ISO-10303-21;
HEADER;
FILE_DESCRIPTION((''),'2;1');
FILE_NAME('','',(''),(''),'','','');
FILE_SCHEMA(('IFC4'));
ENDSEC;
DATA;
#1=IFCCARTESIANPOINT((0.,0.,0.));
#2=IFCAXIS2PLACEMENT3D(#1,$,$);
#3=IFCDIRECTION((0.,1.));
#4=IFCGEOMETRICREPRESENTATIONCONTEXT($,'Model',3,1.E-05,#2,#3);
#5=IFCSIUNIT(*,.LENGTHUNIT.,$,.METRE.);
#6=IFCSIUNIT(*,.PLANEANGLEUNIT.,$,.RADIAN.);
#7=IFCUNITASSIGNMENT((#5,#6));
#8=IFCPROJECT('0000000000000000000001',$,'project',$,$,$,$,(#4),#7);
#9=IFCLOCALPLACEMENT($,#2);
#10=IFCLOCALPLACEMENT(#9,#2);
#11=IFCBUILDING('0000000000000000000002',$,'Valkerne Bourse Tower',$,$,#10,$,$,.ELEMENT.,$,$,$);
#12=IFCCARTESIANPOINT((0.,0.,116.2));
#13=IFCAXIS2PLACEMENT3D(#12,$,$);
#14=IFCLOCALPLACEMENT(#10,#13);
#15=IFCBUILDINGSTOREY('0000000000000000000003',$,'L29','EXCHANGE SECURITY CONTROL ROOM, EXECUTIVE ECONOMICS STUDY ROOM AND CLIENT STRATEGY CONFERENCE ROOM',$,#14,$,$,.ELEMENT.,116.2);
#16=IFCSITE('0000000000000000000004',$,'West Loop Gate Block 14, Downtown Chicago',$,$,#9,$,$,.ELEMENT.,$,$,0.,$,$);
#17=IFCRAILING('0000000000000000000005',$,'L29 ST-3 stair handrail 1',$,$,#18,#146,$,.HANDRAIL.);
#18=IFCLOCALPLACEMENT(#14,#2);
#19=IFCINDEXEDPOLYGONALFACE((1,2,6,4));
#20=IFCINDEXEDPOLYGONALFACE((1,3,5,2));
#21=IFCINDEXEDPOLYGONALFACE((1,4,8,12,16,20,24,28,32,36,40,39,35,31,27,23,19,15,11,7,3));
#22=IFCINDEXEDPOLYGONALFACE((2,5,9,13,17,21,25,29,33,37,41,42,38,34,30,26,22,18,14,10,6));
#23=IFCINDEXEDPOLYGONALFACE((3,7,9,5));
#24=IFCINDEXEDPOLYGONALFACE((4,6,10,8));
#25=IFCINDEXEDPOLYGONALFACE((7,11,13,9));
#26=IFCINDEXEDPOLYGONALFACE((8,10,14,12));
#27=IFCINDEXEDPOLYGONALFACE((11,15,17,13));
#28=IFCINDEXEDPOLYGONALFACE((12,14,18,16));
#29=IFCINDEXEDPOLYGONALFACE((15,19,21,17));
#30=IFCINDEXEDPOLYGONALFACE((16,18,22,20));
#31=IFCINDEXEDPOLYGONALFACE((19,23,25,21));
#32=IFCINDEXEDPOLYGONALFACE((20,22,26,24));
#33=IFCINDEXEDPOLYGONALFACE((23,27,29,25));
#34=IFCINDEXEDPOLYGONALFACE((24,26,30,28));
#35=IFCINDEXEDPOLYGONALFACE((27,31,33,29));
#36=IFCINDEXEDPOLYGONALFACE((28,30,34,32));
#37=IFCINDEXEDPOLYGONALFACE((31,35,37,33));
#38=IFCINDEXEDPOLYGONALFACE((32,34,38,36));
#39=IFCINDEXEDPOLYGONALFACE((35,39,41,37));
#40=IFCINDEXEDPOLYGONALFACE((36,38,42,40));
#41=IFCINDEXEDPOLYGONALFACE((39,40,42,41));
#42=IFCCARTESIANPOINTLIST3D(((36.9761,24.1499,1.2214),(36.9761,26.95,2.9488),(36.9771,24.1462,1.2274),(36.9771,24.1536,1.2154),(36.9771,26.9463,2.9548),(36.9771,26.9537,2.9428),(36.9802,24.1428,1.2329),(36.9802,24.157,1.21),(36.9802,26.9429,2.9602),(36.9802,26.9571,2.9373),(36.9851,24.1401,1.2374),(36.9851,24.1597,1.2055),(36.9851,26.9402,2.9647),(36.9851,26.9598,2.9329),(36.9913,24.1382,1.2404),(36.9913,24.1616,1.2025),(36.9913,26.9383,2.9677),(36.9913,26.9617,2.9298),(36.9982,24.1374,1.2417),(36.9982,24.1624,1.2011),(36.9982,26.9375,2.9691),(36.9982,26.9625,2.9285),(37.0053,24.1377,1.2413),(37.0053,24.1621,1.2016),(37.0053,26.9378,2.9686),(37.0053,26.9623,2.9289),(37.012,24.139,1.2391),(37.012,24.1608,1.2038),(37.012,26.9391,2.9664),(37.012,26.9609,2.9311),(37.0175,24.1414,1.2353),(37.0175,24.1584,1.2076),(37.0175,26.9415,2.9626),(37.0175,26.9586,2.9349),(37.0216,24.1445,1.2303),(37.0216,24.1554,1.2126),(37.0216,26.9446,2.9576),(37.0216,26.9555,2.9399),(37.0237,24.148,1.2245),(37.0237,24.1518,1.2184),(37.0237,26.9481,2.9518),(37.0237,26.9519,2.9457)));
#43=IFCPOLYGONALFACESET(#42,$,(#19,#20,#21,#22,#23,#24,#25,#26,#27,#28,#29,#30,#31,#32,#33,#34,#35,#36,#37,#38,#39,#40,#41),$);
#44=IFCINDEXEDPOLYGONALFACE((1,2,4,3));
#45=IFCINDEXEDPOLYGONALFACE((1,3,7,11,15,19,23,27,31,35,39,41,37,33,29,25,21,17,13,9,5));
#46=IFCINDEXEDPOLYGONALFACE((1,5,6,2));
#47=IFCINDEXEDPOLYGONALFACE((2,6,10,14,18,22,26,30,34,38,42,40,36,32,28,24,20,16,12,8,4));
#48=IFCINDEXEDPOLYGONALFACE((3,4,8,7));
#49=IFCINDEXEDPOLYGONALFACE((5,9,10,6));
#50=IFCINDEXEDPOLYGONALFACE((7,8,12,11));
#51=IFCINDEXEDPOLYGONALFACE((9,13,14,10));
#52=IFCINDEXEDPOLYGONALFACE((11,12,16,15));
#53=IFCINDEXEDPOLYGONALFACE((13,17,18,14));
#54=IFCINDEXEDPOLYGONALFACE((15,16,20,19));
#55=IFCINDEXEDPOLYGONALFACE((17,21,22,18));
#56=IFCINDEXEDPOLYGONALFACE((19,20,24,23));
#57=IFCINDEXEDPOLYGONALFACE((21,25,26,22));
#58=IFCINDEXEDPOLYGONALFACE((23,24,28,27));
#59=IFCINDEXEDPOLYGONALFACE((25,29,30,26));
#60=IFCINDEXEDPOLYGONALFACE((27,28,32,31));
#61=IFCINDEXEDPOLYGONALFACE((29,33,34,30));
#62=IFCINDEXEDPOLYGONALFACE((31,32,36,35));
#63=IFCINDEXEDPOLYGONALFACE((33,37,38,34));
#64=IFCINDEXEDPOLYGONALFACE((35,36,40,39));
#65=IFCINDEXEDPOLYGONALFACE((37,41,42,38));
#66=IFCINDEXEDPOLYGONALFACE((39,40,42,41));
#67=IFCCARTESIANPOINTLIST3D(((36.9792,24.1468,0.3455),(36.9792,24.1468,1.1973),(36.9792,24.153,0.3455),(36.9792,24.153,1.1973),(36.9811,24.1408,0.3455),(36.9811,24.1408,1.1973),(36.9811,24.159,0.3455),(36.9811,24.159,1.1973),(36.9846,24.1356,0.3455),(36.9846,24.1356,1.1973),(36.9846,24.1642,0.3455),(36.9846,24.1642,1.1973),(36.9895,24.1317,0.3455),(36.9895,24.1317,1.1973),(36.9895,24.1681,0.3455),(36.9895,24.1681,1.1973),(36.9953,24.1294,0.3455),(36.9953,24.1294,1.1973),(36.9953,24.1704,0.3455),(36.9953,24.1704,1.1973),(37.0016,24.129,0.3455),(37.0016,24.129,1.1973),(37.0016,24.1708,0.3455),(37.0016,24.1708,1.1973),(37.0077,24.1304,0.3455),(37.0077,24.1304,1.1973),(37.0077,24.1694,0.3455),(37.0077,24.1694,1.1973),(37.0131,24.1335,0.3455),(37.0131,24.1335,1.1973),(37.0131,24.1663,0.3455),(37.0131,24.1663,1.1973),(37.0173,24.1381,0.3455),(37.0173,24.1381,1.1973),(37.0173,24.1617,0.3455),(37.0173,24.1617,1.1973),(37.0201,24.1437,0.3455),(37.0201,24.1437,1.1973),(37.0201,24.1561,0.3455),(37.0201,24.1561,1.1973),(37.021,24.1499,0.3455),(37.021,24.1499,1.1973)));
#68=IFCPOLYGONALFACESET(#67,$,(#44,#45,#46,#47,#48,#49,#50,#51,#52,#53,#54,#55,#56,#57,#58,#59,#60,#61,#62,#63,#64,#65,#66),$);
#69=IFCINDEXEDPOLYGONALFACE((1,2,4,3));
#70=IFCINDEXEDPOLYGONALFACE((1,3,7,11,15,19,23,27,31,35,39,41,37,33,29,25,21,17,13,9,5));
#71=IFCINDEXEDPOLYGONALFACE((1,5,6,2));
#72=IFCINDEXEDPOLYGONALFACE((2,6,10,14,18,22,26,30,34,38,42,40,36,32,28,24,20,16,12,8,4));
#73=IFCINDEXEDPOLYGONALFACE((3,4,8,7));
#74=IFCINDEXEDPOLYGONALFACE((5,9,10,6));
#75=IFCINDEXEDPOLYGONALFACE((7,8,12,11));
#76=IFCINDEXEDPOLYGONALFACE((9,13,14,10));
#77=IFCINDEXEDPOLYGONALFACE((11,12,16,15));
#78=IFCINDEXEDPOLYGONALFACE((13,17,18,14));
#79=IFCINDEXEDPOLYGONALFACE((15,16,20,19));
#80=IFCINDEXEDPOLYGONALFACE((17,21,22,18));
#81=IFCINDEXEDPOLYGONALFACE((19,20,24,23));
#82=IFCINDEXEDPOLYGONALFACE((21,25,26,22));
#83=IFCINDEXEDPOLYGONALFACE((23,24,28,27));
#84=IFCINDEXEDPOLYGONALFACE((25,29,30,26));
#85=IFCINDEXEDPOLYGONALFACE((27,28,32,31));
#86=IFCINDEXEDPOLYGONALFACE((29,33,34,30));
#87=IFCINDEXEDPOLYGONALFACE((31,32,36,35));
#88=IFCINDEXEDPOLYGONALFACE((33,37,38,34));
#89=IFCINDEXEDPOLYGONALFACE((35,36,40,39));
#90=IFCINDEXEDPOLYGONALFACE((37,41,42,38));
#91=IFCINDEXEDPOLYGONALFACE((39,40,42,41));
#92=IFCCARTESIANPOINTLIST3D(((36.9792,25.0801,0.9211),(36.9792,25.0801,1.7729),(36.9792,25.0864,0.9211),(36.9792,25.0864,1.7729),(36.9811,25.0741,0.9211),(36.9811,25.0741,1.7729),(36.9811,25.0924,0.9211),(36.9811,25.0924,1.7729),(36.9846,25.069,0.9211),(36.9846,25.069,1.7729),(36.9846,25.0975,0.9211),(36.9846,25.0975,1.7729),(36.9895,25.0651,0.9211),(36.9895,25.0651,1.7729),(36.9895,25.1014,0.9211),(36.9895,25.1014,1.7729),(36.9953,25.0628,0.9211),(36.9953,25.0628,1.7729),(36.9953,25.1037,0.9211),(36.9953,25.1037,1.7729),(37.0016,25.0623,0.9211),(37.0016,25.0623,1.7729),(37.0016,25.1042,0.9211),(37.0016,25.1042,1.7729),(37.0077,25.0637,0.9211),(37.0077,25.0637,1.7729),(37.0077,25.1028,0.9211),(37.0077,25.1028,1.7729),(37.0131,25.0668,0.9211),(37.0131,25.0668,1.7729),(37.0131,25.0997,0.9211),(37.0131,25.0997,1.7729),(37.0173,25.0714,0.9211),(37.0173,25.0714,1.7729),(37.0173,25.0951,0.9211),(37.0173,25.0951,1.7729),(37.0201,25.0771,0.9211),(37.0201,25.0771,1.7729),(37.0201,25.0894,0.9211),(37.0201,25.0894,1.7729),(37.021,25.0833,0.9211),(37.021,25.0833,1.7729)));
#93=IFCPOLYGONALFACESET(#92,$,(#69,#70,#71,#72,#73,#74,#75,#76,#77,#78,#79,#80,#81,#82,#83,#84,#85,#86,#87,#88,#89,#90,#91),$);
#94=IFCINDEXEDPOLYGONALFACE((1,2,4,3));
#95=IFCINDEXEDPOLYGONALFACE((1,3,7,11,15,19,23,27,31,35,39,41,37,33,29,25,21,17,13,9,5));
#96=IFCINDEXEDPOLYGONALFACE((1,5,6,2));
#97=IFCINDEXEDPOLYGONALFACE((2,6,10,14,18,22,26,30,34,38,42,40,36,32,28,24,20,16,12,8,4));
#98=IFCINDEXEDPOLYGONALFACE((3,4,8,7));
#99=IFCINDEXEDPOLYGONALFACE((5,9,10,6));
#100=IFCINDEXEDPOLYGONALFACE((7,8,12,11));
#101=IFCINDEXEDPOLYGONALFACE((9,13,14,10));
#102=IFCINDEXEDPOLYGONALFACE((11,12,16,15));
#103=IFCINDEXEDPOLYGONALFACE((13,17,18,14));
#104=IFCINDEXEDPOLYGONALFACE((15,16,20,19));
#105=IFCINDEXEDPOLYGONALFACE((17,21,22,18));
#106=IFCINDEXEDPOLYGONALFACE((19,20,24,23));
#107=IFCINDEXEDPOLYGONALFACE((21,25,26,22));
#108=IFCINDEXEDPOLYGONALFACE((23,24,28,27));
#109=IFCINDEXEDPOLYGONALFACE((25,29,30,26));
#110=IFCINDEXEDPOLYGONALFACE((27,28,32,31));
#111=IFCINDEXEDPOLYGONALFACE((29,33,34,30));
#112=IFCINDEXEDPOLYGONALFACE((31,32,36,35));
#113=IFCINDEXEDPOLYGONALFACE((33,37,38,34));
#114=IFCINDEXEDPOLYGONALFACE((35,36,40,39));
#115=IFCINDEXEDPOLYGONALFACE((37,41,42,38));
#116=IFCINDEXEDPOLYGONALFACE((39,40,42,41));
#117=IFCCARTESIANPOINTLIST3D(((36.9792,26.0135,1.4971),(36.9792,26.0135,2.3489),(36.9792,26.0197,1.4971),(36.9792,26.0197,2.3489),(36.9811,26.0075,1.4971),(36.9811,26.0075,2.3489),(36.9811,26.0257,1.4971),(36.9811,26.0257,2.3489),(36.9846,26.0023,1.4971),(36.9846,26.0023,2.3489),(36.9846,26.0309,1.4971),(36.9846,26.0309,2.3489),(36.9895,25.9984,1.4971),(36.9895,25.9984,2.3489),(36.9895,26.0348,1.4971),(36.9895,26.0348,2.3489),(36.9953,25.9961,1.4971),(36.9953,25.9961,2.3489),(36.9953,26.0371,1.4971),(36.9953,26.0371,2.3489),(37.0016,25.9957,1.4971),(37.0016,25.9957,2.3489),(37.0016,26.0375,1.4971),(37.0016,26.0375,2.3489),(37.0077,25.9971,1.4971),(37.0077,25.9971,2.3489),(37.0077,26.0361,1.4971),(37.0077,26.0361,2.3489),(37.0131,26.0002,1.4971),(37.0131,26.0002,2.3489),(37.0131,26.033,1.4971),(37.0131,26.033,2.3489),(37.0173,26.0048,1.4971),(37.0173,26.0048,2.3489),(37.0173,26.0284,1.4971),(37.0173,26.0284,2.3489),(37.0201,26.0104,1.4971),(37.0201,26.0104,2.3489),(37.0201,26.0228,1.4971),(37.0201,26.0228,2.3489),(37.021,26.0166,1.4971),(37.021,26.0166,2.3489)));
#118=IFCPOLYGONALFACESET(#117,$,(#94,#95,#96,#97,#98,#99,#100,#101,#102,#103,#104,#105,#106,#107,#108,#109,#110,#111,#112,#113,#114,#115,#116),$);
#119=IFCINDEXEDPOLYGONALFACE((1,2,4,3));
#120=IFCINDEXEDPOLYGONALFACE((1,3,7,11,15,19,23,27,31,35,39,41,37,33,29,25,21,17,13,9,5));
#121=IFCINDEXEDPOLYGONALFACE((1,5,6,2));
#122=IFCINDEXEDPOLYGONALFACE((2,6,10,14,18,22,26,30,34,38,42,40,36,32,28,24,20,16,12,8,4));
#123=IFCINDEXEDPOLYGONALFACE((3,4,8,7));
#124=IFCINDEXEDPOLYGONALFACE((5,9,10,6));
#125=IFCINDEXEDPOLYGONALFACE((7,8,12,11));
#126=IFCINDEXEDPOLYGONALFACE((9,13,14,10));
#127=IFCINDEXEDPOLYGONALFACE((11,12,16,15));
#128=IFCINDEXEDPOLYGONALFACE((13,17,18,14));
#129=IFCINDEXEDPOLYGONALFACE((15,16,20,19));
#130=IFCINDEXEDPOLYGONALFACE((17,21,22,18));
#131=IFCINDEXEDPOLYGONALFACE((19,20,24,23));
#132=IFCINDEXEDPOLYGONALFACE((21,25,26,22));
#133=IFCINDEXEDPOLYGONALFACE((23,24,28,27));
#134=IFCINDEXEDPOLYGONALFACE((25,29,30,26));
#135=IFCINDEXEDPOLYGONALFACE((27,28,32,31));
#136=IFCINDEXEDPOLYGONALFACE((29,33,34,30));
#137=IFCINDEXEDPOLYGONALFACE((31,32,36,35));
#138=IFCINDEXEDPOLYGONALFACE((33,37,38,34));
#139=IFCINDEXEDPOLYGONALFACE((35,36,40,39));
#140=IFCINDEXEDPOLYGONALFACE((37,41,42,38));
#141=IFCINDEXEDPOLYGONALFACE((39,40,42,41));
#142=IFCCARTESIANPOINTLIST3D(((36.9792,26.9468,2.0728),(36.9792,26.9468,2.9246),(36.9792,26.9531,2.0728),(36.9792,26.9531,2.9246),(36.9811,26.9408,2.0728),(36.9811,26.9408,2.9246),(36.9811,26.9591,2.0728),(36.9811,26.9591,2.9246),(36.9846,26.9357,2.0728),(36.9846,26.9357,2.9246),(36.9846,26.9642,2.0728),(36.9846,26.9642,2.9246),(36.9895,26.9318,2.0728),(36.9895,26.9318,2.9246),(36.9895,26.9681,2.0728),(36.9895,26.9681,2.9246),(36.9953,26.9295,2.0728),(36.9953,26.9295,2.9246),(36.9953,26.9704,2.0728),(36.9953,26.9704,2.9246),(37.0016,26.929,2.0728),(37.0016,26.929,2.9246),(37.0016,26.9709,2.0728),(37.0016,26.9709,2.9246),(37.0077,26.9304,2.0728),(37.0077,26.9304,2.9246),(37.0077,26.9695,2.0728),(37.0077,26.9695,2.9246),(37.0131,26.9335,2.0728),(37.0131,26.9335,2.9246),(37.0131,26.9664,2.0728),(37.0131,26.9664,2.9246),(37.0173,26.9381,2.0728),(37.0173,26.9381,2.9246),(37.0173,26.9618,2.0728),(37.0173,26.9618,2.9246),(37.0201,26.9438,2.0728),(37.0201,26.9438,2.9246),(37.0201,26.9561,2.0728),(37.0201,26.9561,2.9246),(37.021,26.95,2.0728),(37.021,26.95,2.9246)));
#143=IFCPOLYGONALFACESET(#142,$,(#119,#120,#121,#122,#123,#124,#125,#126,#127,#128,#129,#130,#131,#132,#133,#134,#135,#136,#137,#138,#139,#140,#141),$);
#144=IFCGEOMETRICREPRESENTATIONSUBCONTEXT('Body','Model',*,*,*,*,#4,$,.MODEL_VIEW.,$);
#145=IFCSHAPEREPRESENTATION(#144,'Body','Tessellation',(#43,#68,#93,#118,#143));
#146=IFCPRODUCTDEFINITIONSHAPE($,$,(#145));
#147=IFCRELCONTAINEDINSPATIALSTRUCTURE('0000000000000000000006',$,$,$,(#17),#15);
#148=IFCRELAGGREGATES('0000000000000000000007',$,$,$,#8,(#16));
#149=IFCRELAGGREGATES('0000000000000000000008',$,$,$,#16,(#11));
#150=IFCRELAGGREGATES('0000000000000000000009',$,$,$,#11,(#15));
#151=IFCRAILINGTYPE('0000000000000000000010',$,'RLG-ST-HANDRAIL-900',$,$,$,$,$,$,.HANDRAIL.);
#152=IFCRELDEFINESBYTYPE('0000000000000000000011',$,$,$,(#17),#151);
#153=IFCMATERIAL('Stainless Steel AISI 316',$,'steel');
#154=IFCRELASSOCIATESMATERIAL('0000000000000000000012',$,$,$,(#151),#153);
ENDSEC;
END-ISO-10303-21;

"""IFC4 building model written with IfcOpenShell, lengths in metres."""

from ifc_helpers import new_model, si_unit, direction, frame, origin, origin_2d, place, context, subcontext, project, spatial, circle, extrude, material, type_object, element, save


model = new_model("IFC4")

# Units and contexts
model_context = context("Model", 3, precision=1e-05, world=origin(), true_north=direction((0.0, 1.0)))
body_context = subcontext(model_context, "Body", "Model", "MODEL_VIEW")
ifc_project = project(units=[si_unit("LENGTHUNIT", "METRE"), si_unit("PLANEANGLEUNIT", "RADIAN")], contexts=[model_context])

# Site, building, storey
site_placement = place(None, origin())
site = spatial("IfcSite", under=ifc_project, at=site_placement, Name="West Loop Gate Block 14, Downtown Chicago", CompositionType="ELEMENT", RefElevation=0.0)
building_placement = place(site_placement, origin())
building = spatial("IfcBuilding", under=site, at=building_placement, Name="Valkerne Bourse Tower", CompositionType="ELEMENT")
storey_placement = place(building_placement, frame((0.0, 0.0, 116.2)))
storey = spatial("IfcBuildingStorey", under=building, at=storey_placement, Name="L29", Description="EXCHANGE SECURITY CONTROL ROOM, EXECUTIVE ECONOMICS STUDY ROOM AND CLIENT STRATEGY CONFERENCE ROOM", CompositionType="ELEMENT", Elevation=116.2)

# Railing
ifc_material_1 = material(Name="Stainless Steel AISI 316", Category="steel")
railing_type_1 = type_object("IfcRailingType", Name="RLG-ST-HANDRAIL-900", PredefinedType="HANDRAIL", material=ifc_material_1)
railing_1_placement = place(storey_placement, frame((37.0, 24.1499, 0.3455)))
element("IfcRailing", 1, at=railing_1_placement, inside=storey, type_object=railing_type_1, Name="L29 ST-3 stair handrail 1", PredefinedType="HANDRAIL", context=body_context, shape_type="SweptSolid", body=[
    extrude(circle(Radius=0.0239, at=origin_2d()), frame((0.0, 0.0, 0.876), z_axis=(0.0, 0.85109, 0.52502), x_axis=(-1.0, 0.0, 0.0)), (0.0, 0.0, 1.0), 3.29),
    extrude(circle(Radius=0.021, at=origin_2d()), origin(), (0.0, 0.0, 1.0), 0.8518),
    extrude(circle(Radius=0.021, at=origin_2d()), frame((0.0, 0.9333, 0.5757)), (0.0, 0.0, 1.0), 0.8518),
    extrude(circle(Radius=0.021, at=origin_2d()), frame((0.0, 1.8667, 1.1516)), (0.0, 0.0, 1.0), 0.8518),
    extrude(circle(Radius=0.021, at=origin_2d()), frame((0.0, 2.8, 1.7273)), (0.0, 0.0, 1.0), 0.8518),
])

save(model, "model.ifc")
